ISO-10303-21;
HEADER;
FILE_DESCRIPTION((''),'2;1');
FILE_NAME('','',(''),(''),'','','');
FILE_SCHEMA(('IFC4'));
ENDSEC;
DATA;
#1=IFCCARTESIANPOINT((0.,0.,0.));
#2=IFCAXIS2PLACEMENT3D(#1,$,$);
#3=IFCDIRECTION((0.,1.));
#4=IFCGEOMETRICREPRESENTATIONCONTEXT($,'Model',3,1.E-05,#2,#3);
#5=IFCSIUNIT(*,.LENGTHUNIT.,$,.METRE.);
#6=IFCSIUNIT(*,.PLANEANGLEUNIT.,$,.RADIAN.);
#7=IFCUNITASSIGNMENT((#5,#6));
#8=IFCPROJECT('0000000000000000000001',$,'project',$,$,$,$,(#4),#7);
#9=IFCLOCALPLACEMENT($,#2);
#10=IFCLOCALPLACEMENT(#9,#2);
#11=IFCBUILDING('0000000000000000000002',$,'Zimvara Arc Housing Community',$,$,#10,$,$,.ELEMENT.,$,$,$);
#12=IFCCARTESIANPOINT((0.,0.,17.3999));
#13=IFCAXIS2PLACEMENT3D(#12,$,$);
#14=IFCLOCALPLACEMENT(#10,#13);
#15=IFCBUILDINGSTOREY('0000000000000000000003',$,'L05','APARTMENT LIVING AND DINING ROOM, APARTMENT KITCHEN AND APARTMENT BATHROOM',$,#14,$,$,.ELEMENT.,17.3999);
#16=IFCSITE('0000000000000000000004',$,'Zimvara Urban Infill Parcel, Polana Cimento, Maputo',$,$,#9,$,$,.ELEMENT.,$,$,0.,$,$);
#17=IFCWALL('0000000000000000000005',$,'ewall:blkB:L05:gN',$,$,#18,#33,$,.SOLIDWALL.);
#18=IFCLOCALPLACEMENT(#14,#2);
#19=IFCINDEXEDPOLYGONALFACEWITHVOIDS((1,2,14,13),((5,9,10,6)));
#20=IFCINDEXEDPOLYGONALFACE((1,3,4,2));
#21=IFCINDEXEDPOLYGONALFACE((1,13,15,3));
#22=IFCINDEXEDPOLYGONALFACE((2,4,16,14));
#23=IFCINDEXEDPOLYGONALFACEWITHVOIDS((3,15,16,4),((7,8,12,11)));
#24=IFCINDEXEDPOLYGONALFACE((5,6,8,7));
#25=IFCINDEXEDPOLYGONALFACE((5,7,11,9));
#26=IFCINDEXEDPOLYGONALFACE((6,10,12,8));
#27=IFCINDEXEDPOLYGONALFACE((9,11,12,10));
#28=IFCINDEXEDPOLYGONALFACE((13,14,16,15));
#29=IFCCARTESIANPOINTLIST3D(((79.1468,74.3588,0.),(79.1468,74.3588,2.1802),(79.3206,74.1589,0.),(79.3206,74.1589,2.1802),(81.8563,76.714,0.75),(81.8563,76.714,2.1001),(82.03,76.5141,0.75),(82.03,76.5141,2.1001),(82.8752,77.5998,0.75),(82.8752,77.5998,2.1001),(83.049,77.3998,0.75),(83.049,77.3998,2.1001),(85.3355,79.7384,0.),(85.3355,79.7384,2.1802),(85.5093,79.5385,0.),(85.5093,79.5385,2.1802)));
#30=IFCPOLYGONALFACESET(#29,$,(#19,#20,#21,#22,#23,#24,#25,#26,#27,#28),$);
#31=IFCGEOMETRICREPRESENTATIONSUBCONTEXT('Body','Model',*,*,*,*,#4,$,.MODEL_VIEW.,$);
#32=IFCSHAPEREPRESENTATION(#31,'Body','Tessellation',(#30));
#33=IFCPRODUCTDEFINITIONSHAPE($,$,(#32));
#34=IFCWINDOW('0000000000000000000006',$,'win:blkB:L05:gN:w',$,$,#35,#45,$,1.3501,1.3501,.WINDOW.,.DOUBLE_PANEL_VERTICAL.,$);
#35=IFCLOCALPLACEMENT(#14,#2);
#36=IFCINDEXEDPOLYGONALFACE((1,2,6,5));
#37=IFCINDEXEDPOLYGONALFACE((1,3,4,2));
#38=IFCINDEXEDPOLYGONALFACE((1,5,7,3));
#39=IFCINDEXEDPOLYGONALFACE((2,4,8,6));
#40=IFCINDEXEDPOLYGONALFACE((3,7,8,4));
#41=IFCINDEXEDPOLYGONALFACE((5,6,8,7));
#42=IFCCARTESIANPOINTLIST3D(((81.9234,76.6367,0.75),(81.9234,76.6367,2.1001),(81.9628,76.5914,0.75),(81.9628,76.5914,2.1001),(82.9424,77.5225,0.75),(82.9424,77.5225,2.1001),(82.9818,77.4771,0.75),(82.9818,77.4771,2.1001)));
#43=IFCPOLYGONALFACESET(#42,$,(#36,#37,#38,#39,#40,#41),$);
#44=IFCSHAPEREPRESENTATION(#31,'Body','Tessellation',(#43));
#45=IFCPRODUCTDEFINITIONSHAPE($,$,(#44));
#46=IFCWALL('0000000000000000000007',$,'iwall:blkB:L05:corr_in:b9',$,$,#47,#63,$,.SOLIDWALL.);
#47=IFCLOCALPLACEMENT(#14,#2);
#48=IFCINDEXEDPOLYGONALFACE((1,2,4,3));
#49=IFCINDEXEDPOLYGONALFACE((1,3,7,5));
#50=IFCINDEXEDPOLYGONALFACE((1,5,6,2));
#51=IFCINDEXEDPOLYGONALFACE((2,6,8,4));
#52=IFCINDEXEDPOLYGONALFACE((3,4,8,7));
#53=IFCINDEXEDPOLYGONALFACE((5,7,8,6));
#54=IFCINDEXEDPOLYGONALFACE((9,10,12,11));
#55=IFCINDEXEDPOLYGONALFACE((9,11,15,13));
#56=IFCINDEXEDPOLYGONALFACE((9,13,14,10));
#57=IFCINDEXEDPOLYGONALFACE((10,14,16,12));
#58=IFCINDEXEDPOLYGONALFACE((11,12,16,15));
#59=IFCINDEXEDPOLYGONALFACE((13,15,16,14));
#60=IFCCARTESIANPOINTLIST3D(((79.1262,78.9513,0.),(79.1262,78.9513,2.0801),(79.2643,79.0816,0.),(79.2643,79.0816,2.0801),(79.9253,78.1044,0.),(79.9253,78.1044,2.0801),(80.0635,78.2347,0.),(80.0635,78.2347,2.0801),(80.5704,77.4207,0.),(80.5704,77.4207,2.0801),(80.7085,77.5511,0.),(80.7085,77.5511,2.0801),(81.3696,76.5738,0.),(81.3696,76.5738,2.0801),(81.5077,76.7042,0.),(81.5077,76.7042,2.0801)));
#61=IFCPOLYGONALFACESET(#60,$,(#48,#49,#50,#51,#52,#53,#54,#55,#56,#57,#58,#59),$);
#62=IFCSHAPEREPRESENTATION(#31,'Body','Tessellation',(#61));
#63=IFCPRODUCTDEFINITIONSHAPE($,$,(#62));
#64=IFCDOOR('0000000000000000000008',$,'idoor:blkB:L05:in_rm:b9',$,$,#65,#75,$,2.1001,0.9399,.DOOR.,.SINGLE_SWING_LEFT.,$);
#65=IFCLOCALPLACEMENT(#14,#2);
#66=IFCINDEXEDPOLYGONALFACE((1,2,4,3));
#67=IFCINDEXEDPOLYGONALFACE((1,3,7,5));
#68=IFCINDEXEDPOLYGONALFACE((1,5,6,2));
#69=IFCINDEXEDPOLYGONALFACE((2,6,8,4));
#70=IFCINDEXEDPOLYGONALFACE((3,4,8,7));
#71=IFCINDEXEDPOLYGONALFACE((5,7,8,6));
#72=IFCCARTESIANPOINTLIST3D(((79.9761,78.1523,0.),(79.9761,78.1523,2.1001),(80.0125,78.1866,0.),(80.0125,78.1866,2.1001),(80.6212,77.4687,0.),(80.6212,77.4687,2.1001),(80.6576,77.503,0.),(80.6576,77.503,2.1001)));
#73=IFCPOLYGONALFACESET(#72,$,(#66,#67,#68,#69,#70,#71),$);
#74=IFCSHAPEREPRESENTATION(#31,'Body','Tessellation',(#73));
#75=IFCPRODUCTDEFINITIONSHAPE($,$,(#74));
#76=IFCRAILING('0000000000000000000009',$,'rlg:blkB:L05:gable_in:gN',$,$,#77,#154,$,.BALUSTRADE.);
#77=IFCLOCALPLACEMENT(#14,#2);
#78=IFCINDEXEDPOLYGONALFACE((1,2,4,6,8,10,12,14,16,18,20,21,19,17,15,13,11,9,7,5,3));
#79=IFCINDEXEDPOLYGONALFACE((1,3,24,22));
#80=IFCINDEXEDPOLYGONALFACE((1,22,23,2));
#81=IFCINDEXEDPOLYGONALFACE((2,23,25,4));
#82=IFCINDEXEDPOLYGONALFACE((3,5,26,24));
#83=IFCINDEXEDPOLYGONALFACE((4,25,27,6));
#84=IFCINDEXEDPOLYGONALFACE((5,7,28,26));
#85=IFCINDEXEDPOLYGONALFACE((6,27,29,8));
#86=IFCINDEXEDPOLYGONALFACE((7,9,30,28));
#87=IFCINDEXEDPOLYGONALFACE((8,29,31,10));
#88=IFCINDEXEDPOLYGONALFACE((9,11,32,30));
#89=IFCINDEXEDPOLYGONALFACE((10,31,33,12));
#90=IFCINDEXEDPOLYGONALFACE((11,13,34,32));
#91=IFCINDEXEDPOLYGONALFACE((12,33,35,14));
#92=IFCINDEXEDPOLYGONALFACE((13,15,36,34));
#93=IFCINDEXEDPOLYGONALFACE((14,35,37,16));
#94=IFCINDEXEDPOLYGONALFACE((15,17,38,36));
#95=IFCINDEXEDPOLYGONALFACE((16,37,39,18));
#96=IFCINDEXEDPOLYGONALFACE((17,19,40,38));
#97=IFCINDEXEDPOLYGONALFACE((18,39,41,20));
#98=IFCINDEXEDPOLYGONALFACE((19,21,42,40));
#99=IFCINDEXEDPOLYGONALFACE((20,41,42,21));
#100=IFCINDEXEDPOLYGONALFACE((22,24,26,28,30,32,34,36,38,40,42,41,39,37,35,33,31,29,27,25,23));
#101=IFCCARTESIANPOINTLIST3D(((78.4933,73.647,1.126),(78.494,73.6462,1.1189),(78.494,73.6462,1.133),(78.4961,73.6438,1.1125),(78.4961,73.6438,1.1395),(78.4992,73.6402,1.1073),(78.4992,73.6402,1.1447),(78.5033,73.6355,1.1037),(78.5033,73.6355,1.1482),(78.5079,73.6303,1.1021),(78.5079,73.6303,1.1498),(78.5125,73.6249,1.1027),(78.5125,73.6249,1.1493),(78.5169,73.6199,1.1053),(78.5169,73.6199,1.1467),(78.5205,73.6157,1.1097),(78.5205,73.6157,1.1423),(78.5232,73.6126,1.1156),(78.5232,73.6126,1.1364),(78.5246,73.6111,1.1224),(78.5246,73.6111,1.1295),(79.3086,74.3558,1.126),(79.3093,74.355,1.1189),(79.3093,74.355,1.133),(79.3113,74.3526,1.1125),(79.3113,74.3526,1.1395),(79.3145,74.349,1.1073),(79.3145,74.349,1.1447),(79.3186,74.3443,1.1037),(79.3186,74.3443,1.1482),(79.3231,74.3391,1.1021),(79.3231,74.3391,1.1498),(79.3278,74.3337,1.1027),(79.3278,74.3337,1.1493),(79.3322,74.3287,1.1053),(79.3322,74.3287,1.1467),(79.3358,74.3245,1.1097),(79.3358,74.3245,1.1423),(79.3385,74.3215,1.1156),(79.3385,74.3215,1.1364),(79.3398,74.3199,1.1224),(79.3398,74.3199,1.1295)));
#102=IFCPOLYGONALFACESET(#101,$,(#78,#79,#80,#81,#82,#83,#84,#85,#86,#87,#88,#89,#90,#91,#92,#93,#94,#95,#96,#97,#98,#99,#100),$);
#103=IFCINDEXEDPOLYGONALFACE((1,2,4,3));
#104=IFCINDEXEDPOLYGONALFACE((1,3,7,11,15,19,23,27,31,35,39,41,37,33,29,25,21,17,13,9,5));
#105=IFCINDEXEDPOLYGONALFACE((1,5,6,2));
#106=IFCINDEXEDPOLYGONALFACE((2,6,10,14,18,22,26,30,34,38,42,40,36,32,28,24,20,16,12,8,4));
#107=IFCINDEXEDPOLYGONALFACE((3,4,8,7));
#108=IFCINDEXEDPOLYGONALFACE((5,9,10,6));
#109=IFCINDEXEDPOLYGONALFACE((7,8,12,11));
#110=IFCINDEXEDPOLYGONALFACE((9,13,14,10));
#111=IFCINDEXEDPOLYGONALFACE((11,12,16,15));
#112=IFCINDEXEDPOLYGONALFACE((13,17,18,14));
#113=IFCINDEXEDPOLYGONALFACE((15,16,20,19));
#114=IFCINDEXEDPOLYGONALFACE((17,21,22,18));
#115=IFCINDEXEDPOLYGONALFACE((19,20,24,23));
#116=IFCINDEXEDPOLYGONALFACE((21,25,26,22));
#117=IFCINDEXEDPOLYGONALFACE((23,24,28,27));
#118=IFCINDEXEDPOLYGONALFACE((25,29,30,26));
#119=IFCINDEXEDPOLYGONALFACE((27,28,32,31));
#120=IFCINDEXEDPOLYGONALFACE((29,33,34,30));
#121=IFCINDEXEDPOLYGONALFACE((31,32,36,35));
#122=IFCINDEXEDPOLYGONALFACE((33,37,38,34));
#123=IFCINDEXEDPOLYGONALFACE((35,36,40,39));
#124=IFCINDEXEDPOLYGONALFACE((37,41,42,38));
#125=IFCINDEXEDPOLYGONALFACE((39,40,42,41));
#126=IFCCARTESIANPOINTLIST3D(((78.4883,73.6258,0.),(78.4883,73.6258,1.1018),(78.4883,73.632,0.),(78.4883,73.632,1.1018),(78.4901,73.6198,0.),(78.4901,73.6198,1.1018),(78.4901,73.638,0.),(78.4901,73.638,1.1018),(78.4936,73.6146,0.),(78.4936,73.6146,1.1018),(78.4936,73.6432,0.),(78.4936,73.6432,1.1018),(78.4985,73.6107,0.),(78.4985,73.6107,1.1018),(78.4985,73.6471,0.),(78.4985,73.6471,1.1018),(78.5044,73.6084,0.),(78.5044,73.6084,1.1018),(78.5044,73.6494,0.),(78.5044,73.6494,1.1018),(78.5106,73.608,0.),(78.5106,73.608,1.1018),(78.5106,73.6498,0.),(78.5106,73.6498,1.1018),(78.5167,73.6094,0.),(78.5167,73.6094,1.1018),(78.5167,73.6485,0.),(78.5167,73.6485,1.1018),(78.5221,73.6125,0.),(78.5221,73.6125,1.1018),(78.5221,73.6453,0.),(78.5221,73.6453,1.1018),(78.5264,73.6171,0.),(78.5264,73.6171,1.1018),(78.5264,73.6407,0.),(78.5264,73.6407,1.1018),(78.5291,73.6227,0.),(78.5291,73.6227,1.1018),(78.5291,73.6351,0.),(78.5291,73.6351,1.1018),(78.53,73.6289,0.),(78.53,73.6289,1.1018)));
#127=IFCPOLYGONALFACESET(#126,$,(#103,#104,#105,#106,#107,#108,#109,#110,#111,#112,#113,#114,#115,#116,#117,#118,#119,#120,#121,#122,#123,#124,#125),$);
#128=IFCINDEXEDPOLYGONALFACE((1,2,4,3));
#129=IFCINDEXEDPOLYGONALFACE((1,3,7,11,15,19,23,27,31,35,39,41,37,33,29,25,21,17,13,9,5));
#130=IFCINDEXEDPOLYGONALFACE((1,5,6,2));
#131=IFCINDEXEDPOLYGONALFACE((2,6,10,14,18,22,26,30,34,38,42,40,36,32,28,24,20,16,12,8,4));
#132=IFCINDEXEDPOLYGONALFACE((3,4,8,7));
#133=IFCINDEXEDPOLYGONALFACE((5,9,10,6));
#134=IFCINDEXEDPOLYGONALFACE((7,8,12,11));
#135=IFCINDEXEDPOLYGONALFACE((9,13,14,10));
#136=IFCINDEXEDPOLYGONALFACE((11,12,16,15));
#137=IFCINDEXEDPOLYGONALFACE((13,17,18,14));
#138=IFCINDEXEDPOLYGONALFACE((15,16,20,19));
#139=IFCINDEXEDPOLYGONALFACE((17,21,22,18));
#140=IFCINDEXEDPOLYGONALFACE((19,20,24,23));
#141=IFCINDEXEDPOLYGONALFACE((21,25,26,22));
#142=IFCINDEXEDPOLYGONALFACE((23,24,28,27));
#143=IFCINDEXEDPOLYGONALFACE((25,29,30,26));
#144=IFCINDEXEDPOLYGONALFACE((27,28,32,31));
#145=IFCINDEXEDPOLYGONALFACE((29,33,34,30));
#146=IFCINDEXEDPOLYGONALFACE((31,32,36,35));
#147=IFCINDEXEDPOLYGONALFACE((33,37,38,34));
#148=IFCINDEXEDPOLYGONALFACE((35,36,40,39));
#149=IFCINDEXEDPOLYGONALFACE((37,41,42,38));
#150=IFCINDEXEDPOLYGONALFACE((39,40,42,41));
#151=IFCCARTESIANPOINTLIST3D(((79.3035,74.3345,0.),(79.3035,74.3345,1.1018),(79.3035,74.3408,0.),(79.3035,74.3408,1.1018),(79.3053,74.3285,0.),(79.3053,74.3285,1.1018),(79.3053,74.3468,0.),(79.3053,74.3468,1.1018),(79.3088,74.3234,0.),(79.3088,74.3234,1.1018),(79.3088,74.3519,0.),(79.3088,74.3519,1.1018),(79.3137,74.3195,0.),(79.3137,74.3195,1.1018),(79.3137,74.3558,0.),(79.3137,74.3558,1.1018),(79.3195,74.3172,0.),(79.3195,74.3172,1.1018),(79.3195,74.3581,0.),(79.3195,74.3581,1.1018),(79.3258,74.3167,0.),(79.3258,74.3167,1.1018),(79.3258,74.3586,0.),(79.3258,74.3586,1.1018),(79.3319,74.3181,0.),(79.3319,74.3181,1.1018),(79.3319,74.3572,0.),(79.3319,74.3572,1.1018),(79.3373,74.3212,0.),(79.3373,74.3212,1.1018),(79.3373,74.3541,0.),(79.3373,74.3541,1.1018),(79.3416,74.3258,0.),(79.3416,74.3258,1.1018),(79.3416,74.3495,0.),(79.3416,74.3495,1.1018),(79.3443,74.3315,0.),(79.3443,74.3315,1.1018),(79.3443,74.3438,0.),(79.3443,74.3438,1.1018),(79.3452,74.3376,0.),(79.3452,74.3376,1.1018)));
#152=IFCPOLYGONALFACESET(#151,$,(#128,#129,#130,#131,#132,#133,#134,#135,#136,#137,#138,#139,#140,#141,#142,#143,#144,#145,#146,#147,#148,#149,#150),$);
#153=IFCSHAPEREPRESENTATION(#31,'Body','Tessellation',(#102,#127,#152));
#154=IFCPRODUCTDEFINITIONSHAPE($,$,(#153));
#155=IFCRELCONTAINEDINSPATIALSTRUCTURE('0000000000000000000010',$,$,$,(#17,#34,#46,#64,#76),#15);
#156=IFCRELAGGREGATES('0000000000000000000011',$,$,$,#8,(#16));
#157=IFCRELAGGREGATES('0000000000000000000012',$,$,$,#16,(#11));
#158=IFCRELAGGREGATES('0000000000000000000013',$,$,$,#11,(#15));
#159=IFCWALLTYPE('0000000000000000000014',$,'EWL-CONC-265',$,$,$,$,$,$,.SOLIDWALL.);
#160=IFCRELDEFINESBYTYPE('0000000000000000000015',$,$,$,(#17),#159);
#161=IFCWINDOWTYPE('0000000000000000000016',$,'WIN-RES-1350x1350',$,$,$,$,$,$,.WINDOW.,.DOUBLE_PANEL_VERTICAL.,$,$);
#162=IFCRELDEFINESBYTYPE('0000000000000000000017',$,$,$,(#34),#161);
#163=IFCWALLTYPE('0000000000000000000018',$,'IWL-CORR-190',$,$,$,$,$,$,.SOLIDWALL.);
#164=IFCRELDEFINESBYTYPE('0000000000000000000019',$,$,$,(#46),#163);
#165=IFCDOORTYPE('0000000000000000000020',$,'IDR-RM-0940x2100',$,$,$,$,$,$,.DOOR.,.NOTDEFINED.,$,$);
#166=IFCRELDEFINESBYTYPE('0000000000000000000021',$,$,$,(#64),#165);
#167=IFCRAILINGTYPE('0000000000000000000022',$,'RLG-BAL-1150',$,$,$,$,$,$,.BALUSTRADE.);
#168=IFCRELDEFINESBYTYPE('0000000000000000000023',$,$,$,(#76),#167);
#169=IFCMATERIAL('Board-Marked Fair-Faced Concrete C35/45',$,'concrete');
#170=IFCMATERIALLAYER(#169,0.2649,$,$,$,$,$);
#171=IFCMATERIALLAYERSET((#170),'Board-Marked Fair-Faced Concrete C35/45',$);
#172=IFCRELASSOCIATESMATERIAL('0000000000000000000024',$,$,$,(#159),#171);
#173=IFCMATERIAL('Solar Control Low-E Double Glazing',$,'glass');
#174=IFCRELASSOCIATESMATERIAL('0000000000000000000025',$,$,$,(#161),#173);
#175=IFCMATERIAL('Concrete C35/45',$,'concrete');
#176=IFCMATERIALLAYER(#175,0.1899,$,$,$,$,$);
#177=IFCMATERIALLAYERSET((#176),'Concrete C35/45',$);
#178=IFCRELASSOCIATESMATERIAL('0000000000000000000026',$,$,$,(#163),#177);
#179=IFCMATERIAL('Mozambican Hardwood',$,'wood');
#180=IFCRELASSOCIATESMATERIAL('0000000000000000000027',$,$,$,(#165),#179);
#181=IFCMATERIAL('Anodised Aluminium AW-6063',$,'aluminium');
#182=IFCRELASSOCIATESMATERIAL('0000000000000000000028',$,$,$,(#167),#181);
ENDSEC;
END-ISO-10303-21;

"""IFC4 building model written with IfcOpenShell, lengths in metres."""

from ifc_helpers import new_model, si_unit, direction, frame, frame_2d, origin, origin_2d, place, context, subcontext, project, spatial, rectangle, circle, extrude, material, layer, layer_set, type_object, element, fill, save


model = new_model("IFC4")

# Units and contexts
model_context = context("Model", 3, precision=1e-05, world=origin(), true_north=direction((0.0, 1.0)))
body_context = subcontext(model_context, "Body", "Model", "MODEL_VIEW")
ifc_project = project(units=[si_unit("LENGTHUNIT", "METRE"), si_unit("PLANEANGLEUNIT", "RADIAN")], contexts=[model_context])

# Site, building, storey
site_placement = place(None, origin())
site = spatial("IfcSite", under=ifc_project, at=site_placement, Name="Zimvara Urban Infill Parcel, Polana Cimento, Maputo", CompositionType="ELEMENT", RefElevation=0.0)
building_placement = place(site_placement, origin())
building = spatial("IfcBuilding", under=site, at=building_placement, Name="Zimvara Arc Housing Community", CompositionType="ELEMENT")
storey_placement = place(building_placement, frame((0.0, 0.0, 17.3999)))
storey = spatial("IfcBuildingStorey", under=building, at=storey_placement, Name="L05", Description="APARTMENT LIVING AND DINING ROOM, APARTMENT KITCHEN AND APARTMENT BATHROOM", CompositionType="ELEMENT", Elevation=17.3999)

# Wall, opening, window
ifc_material_1 = material(Name="Board-Marked Fair-Faced Concrete C35/45", Category="concrete")
ifc_layer_1 = layer(ifc_material_1, 0.2649)
ifc_layer_set_1 = layer_set([ifc_layer_1], Name="Board-Marked Fair-Faced Concrete C35/45")
wall_type_1 = type_object("IfcWallType", Name="EWL-CONC-265", PredefinedType="SOLIDWALL", material=ifc_layer_set_1)
wall_1_placement = place(storey_placement, frame((79.2336, 74.2588, 0.0), z_axis=(0.0, 0.0, 1.0), x_axis=(0.754718, 0.65605, 0.0)))
wall_1 = element("IfcWall", 1, at=wall_1_placement, inside=storey, type_object=wall_type_1, Name="ewall:blkB:L05:gN", PredefinedType="SOLIDWALL", context=body_context, shape_type="SweptSolid", body=[
    extrude(rectangle(XDim=8.2, YDim=0.2649, at=frame_2d((4.1001, 0.0))), origin(), (0.0, 0.0, 1.0), 2.1802),
])
opening_1_placement = place(wall_1_placement, frame((3.5901, 0.0, 0.75)))
opening_1 = element("IfcOpeningElement", 2, at=opening_1_placement, cuts=wall_1, PredefinedType="OPENING", context=body_context, shape_type="SweptSolid", body=[
    extrude(rectangle(XDim=1.3501, YDim=1.3501, at=frame_2d((0.675, 0.675))), frame((0.0, 0.1423, 0.0), z_axis=(0.0, -1.0, 0.0), x_axis=(1.0, 0.0, 0.0)), (0.0, 0.0, 1.0), 0.2849),
])
ifc_material_2 = material(Name="Solar Control Low-E Double Glazing", Category="glass")
window_type = type_object("IfcWindowType", Name="WIN-RES-1350x1350", PartitioningType="DOUBLE_PANEL_VERTICAL", PredefinedType="WINDOW", material=ifc_material_2)
window_placement = place(opening_1_placement, origin())
window = element("IfcWindow", 3, at=window_placement, inside=storey, type_object=window_type, Name="win:blkB:L05:gN:w", OverallHeight=1.3501, OverallWidth=1.3501, PartitioningType="DOUBLE_PANEL_VERTICAL", PredefinedType="WINDOW", context=body_context, shape_type="SweptSolid", body=[
    extrude(rectangle(XDim=1.3501, YDim=1.3501, at=frame_2d((0.675, 0.675))), frame((0.0, 0.03, 0.0), z_axis=(0.0, -1.0, 0.0), x_axis=(1.0, 0.0, 0.0)), (0.0, 0.0, 1.0), 0.0601),
])
fill(opening_1, window)

# Wall, opening, door
ifc_material_3 = material(Name="Concrete C35/45", Category="concrete")
ifc_layer_2 = layer(ifc_material_3, 0.1899)
ifc_layer_set_2 = layer_set([ifc_layer_2], Name="Concrete C35/45")
wall_type_2 = type_object("IfcWallType", Name="IWL-CORR-190", PredefinedType="SOLIDWALL", material=ifc_layer_set_2)
wall_2_placement = place(storey_placement, frame((79.1953, 79.0164, 0.0), z_axis=(0.0, 0.0, 1.0), x_axis=(0.686308, -0.727311, 0.0)))
wall_2 = element("IfcWall", 4, at=wall_2_placement, inside=storey, type_object=wall_type_2, Name="iwall:blkB:L05:corr_in:b9", PredefinedType="SOLIDWALL", context=body_context, shape_type="SweptSolid", body=[
    extrude(rectangle(XDim=3.2688, YDim=0.1899, at=frame_2d((1.6343, 0.0))), origin(), (0.0, 0.0, 1.0), 2.0801),
])
opening_2_placement = place(wall_2_placement, frame((1.1643, 0.0, 0.0)))
opening_2 = element("IfcOpeningElement", 5, at=opening_2_placement, cuts=wall_2, PredefinedType="OPENING", context=body_context, shape_type="SweptSolid", body=[
    extrude(rectangle(XDim=0.9399, YDim=2.1001, at=frame_2d((0.47, 1.05))), frame((0.0, 0.105, 0.0), z_axis=(0.0, -1.0, 0.0), x_axis=(1.0, 0.0, 0.0)), (0.0, 0.0, 1.0), 0.21),
])
ifc_material_4 = material(Name="Mozambican Hardwood", Category="wood")
door_type = type_object("IfcDoorType", Name="IDR-RM-0940x2100", OperationType="NOTDEFINED", PredefinedType="DOOR", material=ifc_material_4)
door_placement = place(opening_2_placement, origin())
door = element("IfcDoor", 6, at=door_placement, inside=storey, type_object=door_type, Name="idoor:blkB:L05:in_rm:b9", OperationType="SINGLE_SWING_LEFT", OverallHeight=2.1001, OverallWidth=0.9399, PredefinedType="DOOR", context=body_context, shape_type="SweptSolid", body=[
    extrude(rectangle(XDim=0.9399, YDim=2.1001, at=frame_2d((0.47, 1.05))), frame((0.0, 0.0249, 0.0), z_axis=(0.0, -1.0, 0.0), x_axis=(1.0, 0.0, 0.0)), (0.0, 0.0, 1.0), 0.05),
])
fill(opening_2, door)

# Railing
ifc_material_5 = material(Name="Anodised Aluminium AW-6063", Category="aluminium")
railing_type = type_object("IfcRailingType", Name="RLG-BAL-1150", PredefinedType="BALUSTRADE", material=ifc_material_5)
railing_placement = place(storey_placement, frame((78.509, 73.6289, 0.0)))
element("IfcRailing", 7, at=railing_placement, inside=storey, type_object=railing_type, Name="rlg:blkB:L05:gable_in:gN", PredefinedType="BALUSTRADE", context=body_context, shape_type="SweptSolid", body=[
    extrude(circle(Radius=0.0239, at=origin_2d()), frame((0.0, 0.0, 1.126), z_axis=(0.754659, 0.656117, 0.0), x_axis=(-0.656117, 0.754659, 0.0)), (0.0, 0.0, 1.0), 1.0803),
    extrude(circle(Radius=0.021, at=origin_2d()), origin(), (0.0, 0.0, 1.0), 1.1018),
    extrude(circle(Radius=0.021, at=origin_2d()), frame((0.8152, 0.7087, 0.0)), (0.0, 0.0, 1.0), 1.1018),
])

save(model, "model.ifc")
